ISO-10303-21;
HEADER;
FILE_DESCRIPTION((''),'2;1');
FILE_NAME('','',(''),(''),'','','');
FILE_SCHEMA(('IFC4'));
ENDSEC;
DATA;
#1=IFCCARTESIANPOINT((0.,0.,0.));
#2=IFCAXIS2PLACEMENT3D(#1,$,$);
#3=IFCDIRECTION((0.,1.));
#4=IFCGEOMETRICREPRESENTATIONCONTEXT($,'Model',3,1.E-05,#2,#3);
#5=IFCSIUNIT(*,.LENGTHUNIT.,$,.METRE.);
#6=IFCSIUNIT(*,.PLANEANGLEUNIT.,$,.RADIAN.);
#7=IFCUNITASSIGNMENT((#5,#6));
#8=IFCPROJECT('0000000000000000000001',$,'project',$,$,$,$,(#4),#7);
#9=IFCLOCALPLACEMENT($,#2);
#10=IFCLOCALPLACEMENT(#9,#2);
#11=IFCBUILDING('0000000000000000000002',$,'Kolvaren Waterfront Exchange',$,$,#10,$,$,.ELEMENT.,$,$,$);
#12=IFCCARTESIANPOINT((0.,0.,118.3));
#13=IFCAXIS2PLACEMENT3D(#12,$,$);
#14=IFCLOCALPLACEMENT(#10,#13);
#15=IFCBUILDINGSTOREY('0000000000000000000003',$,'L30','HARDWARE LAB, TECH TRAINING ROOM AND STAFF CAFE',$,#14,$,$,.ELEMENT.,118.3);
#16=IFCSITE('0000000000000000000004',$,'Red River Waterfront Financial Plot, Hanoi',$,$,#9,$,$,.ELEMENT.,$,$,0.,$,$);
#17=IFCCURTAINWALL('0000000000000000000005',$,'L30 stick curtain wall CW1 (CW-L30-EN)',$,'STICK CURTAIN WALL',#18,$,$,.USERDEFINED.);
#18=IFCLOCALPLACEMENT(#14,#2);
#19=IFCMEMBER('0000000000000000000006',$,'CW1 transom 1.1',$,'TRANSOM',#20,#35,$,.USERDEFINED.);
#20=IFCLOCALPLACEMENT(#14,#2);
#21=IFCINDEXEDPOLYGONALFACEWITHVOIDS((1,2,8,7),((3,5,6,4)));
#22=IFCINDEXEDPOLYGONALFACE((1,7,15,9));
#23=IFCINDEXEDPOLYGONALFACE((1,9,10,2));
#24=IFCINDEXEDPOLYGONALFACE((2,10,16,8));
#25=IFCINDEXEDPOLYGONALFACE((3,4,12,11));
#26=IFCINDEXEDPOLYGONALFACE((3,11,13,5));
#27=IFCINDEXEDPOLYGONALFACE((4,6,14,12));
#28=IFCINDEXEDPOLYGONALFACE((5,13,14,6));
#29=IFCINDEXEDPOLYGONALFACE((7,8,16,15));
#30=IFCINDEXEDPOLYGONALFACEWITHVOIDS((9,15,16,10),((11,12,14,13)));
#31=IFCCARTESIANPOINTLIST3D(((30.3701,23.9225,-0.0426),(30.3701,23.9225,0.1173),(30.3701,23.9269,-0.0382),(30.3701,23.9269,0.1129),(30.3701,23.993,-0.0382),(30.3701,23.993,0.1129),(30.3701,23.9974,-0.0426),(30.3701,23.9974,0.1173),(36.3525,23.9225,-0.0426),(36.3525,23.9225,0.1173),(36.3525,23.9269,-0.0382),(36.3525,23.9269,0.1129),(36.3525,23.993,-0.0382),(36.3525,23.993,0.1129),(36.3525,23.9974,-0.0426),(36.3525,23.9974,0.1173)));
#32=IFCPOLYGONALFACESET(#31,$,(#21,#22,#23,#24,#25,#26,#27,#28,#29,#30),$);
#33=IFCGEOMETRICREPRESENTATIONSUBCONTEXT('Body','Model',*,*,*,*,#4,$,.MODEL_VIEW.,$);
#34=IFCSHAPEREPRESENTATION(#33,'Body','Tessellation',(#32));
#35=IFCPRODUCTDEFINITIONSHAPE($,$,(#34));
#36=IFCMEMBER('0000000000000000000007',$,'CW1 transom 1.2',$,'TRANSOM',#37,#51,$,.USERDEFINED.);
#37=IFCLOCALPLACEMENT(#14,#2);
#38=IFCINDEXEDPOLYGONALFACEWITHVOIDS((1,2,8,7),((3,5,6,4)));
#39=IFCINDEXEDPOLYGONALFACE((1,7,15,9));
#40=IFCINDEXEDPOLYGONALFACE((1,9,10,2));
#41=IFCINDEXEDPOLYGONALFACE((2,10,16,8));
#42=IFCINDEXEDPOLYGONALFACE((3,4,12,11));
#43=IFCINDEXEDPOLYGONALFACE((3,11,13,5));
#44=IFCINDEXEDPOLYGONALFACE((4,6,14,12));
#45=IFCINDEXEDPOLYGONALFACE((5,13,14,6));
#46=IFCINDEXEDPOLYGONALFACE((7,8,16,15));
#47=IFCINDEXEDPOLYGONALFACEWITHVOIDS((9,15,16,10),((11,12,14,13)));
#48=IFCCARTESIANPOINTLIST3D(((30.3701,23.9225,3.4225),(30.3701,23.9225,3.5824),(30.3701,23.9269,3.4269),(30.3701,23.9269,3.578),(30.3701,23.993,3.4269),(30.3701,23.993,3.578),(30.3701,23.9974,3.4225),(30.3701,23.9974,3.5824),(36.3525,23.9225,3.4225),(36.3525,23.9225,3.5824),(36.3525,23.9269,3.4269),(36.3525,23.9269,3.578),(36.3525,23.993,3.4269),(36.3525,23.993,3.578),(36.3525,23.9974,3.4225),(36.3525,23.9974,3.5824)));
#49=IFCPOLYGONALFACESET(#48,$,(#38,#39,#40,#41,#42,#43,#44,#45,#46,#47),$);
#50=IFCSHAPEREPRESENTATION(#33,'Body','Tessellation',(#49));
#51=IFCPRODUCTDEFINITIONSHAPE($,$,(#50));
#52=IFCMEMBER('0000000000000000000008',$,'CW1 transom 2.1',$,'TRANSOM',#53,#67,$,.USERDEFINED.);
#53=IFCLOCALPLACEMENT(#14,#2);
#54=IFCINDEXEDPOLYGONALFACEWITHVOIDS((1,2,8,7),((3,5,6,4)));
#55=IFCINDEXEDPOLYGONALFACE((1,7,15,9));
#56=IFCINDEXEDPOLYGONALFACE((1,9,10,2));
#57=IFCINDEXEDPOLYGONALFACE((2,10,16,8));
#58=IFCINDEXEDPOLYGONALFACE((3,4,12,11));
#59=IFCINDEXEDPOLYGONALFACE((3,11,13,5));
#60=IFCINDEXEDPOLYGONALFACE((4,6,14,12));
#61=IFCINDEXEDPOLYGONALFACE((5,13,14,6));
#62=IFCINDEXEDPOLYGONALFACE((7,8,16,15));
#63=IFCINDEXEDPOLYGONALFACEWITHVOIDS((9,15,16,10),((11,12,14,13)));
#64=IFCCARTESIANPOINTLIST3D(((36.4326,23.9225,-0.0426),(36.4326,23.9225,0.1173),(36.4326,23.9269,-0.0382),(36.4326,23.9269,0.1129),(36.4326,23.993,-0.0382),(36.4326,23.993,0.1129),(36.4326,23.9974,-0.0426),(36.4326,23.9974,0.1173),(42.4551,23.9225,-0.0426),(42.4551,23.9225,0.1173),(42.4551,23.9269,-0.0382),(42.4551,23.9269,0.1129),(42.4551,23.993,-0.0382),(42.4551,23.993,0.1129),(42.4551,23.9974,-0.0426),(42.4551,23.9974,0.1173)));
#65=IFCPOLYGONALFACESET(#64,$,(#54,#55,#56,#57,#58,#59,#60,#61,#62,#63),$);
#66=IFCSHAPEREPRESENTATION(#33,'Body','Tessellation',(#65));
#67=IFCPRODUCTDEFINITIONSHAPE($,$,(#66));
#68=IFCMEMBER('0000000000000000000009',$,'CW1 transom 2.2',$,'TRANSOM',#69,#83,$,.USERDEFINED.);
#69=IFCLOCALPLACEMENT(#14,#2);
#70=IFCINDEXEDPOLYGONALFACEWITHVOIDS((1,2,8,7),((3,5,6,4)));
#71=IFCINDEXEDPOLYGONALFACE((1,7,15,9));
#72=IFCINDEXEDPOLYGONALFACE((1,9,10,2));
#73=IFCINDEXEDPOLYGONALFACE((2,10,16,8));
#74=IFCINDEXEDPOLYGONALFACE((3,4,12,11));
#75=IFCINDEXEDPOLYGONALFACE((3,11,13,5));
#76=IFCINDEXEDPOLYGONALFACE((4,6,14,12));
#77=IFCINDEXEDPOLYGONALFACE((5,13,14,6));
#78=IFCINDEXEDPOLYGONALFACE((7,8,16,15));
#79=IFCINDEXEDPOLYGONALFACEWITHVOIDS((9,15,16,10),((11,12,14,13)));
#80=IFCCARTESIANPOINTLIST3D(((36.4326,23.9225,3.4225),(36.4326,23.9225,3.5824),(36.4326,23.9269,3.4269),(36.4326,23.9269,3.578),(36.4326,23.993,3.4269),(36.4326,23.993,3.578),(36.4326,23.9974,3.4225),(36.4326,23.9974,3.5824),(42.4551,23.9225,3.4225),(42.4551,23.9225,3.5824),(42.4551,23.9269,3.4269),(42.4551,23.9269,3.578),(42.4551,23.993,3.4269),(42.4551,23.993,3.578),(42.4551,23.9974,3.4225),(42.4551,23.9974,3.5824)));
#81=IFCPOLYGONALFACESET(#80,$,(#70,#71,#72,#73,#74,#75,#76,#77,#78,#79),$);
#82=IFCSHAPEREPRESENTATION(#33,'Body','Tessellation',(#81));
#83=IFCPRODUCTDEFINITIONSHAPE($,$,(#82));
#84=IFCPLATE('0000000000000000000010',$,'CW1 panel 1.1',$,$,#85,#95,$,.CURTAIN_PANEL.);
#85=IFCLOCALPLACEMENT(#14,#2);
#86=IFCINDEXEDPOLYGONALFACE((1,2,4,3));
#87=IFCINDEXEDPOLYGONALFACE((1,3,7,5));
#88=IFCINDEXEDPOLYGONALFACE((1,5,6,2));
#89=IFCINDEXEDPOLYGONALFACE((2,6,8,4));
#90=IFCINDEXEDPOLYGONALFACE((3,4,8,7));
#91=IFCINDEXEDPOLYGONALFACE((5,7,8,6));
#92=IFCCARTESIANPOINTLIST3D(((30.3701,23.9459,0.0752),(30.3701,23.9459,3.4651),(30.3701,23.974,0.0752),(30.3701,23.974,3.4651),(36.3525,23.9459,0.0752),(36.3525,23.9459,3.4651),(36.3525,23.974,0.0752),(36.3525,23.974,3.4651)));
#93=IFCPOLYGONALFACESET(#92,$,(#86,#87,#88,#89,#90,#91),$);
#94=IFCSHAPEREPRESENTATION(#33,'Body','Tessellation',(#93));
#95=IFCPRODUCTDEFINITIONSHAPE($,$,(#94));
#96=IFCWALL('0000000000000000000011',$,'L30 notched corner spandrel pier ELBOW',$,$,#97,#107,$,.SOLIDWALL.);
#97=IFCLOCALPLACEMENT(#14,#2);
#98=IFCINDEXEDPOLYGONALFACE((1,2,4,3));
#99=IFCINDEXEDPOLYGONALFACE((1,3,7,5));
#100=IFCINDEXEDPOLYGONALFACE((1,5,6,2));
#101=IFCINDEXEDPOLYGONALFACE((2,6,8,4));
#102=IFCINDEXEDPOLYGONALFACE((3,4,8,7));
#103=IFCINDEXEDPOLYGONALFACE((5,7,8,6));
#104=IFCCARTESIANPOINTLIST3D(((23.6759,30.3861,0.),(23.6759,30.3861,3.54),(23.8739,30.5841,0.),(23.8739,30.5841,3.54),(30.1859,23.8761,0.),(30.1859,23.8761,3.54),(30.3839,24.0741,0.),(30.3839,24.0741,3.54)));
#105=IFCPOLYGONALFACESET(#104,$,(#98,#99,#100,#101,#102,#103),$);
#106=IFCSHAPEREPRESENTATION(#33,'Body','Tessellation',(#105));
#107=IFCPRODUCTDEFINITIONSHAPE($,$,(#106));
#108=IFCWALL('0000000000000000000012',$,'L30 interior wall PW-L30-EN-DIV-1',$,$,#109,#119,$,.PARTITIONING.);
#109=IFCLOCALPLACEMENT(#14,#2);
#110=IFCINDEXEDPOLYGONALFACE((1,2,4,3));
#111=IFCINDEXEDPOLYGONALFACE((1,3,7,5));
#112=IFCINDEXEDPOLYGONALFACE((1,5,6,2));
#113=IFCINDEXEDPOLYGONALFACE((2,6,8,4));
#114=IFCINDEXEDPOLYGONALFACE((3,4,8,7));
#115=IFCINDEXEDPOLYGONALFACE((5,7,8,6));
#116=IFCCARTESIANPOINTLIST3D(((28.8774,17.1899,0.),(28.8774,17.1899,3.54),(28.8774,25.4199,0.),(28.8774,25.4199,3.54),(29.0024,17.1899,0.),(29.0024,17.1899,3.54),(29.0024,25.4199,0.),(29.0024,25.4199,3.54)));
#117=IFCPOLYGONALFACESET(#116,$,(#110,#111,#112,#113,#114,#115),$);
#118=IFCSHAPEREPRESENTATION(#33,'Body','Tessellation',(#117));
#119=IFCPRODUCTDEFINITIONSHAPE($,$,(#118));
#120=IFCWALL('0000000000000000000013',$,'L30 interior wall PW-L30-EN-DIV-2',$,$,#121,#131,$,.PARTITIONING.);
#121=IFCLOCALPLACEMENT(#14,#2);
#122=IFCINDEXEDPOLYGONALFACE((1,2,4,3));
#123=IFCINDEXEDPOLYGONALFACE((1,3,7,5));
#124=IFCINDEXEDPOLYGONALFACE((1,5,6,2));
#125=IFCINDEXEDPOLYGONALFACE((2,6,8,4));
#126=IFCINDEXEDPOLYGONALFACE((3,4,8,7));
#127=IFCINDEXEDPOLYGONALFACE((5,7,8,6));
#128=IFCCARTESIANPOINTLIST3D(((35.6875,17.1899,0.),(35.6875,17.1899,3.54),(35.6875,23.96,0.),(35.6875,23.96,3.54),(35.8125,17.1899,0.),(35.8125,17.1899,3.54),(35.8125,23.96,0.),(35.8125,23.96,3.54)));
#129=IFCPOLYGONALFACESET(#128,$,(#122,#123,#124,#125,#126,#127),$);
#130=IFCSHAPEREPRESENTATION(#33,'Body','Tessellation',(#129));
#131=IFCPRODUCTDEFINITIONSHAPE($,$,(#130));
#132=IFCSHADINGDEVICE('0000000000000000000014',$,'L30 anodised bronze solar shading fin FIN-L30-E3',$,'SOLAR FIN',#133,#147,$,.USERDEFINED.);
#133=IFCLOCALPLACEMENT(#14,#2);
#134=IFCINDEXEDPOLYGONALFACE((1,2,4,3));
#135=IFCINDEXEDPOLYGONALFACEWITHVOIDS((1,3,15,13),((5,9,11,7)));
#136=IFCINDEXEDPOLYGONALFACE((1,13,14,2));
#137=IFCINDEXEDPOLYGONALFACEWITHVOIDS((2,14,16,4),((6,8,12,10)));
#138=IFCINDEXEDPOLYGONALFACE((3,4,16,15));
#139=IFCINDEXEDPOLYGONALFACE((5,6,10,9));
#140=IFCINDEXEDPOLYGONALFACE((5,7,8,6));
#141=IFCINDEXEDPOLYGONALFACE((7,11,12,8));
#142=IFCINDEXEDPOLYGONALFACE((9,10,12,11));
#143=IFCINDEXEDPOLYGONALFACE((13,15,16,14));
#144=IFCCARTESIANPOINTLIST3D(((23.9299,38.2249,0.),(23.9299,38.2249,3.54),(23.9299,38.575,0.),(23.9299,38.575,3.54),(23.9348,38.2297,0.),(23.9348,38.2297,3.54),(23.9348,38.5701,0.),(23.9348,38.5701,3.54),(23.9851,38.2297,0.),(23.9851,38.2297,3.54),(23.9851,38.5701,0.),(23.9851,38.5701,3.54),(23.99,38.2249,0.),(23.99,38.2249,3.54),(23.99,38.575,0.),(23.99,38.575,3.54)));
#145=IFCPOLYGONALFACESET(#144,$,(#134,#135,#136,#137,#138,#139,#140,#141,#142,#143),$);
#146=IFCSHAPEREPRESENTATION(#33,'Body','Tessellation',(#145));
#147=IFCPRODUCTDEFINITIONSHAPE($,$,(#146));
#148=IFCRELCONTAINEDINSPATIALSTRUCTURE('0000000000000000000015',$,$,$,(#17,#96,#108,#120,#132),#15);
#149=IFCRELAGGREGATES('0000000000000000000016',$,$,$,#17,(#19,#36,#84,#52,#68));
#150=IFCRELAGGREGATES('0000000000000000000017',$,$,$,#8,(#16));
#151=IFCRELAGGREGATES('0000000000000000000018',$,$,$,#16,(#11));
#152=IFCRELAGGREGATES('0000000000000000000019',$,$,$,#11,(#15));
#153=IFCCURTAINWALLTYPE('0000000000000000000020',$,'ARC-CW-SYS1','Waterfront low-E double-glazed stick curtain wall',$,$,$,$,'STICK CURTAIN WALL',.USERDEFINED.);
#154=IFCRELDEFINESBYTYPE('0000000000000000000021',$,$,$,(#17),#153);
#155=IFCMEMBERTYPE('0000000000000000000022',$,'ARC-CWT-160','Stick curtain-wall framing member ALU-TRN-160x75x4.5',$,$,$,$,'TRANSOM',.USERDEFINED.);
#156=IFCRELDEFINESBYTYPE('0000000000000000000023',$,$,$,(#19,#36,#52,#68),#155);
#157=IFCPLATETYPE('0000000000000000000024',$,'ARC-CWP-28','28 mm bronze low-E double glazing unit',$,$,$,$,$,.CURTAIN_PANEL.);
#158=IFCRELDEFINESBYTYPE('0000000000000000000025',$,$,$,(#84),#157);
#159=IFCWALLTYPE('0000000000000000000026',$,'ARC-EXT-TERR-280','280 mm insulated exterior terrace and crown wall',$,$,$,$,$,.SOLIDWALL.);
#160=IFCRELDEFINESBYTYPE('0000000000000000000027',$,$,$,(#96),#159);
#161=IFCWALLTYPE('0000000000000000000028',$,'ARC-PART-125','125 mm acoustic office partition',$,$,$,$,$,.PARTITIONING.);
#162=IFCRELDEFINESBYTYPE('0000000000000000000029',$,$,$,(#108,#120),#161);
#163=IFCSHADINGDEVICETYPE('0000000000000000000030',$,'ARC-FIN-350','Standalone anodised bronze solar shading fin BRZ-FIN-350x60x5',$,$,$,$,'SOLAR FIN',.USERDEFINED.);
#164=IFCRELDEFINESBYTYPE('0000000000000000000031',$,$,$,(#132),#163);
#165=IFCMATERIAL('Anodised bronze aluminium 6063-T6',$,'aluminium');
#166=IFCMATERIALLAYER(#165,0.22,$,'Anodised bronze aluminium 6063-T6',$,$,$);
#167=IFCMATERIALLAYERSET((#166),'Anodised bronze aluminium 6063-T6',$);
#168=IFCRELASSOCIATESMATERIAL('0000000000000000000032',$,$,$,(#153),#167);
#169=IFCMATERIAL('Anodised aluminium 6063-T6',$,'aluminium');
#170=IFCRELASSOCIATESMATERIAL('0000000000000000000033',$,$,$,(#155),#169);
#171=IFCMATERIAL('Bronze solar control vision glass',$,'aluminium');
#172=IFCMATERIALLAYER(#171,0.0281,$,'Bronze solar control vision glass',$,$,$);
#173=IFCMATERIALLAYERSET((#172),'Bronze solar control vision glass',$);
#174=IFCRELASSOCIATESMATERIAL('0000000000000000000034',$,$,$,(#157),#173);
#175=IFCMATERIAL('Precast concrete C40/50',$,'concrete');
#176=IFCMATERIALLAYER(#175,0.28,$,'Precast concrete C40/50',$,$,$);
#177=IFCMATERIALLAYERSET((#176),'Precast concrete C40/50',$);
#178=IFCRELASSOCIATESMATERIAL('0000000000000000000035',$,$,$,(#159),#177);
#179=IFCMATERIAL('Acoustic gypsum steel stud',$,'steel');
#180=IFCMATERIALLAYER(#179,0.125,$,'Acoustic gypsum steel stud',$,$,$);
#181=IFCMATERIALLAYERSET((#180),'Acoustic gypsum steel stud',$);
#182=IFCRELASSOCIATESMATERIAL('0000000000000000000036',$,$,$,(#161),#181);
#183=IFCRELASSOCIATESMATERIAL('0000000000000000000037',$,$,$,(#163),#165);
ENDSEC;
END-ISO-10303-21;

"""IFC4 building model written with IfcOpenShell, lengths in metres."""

from ifc_helpers import new_model, si_unit, direction, frame, frame_2d, origin, origin_with_axes, origin_2d, place, context, subcontext, project, spatial, rectangle, hollow_rectangle, extrude, source, transform, mapped, material, layer, layer_set, material_profile, profile_set, type_object, element, aggregate, save


model = new_model("IFC4")

# Units and contexts
model_context = context("Model", 3, precision=1e-05, world=origin(), true_north=direction((0.0, 1.0)))
body_context = subcontext(model_context, "Body", "Model", "MODEL_VIEW")
ifc_project = project(units=[si_unit("LENGTHUNIT", "METRE"), si_unit("PLANEANGLEUNIT", "RADIAN")], contexts=[model_context])

# Site, building, storey
site_placement = place(None, origin())
site = spatial("IfcSite", under=ifc_project, at=site_placement, Name="Red River Waterfront Financial Plot, Hanoi", CompositionType="ELEMENT", RefElevation=0.0)
building_placement = place(site_placement, origin())
building = spatial("IfcBuilding", under=site, at=building_placement, Name="Kolvaren Waterfront Exchange", CompositionType="ELEMENT")
storey_placement = place(building_placement, frame((0.0, 0.0, 118.3)))
storey = spatial("IfcBuildingStorey", under=building, at=storey_placement, Name="L30", Description="HARDWARE LAB, TECH TRAINING ROOM AND STAFF CAFE", CompositionType="ELEMENT", Elevation=118.3)

# Curtain wall, members, plate
ifc_material_1 = material(Name="Anodised bronze aluminium 6063-T6", Category="aluminium")
ifc_layer_1 = layer(ifc_material_1, 0.22, Name="Anodised bronze aluminium 6063-T6")
ifc_layer_set_1 = layer_set([ifc_layer_1], Name="Anodised bronze aluminium 6063-T6")
curtain_wall_type = type_object("IfcCurtainWallType", Name="ARC-CW-SYS1", Description="Waterfront low-E double-glazed stick curtain wall", ElementType="STICK CURTAIN WALL", PredefinedType="USERDEFINED", material=ifc_layer_set_1)
curtain_wall_placement = place(storey_placement, origin())
curtain_wall = element("IfcCurtainWall", 1, at=curtain_wall_placement, inside=storey, type_object=curtain_wall_type, Name="L30 stick curtain wall CW1 (CW-L30-EN)", ObjectType="STICK CURTAIN WALL", PredefinedType="USERDEFINED")
ifc_material_2 = material(Name="Anodised aluminium 6063-T6", Category="aluminium")
ifc_material_profile_1 = material_profile(ifc_material_2, hollow_rectangle(XDim=0.075, YDim=0.1599, WallThickness=0.0044, at=origin_2d()), Name="ALU-TRN-160x75x4.5")
ifc_profile_set_1 = profile_set([ifc_material_profile_1], Name="Anodised aluminium 6063-T6")
member_type_1 = type_object("IfcMemberType", Name="ARC-CWT-160", Description="Stick curtain-wall framing member ALU-TRN-160x75x4.5", ElementType="TRANSOM", PredefinedType="USERDEFINED", material=ifc_profile_set_1)
shared_shape_1 = source(origin_with_axes(), body_context, "Body", "SweptSolid", [
    extrude(hollow_rectangle(XDim=0.075, YDim=0.1599, WallThickness=0.0044, at=origin_2d()), origin(), (0.0, 0.0, 1.0), 5.9824),
])
member_1_placement = place(storey_placement, frame((30.3701, 23.96, 0.0374), z_axis=(1.0, 0.0, 0.0), x_axis=(0.0, 1.0, 0.0)))
member_1 = element("IfcMember", 2, at=member_1_placement, type_object=member_type_1, Name="CW1 transom 1.1", ObjectType="TRANSOM", PredefinedType="USERDEFINED", context=body_context, shape_type="MappedRepresentation", body=[
    mapped(shared_shape_1, transform((0.0, 0.0, 0.0), x_axis=(1.0, 0.0, 0.0), y_axis=(0.0, 1.0, 0.0), z_axis=(0.0, 0.0, 1.0), scale=1.0)),
])
member_2_placement = place(storey_placement, frame((30.3701, 23.96, 3.5024), z_axis=(1.0, 0.0, 0.0), x_axis=(0.0, 1.0, 0.0)))
member_2 = element("IfcMember", 3, at=member_2_placement, type_object=member_type_1, Name="CW1 transom 1.2", ObjectType="TRANSOM", PredefinedType="USERDEFINED", context=body_context, shape_type="MappedRepresentation", body=[
    mapped(shared_shape_1, transform((0.0, 0.0, 0.0), x_axis=(1.0, 0.0, 0.0), y_axis=(0.0, 1.0, 0.0), z_axis=(0.0, 0.0, 1.0), scale=1.0)),
])
shared_shape_2 = source(origin_with_axes(), body_context, "Body", "SweptSolid", [
    extrude(hollow_rectangle(XDim=0.075, YDim=0.1599, WallThickness=0.0044, at=origin_2d()), origin(), (0.0, 0.0, 1.0), 6.0225),
])
member_3_placement = place(storey_placement, frame((36.4326, 23.96, 0.0374), z_axis=(1.0, 0.0, 0.0), x_axis=(0.0, 1.0, 0.0)))
member_3 = element("IfcMember", 4, at=member_3_placement, type_object=member_type_1, Name="CW1 transom 2.1", ObjectType="TRANSOM", PredefinedType="USERDEFINED", context=body_context, shape_type="MappedRepresentation", body=[
    mapped(shared_shape_2, transform((0.0, 0.0, 0.0), x_axis=(1.0, 0.0, 0.0), y_axis=(0.0, 1.0, 0.0), z_axis=(0.0, 0.0, 1.0), scale=1.0)),
])
member_4_placement = place(storey_placement, frame((36.4326, 23.96, 3.5024), z_axis=(1.0, 0.0, 0.0), x_axis=(0.0, 1.0, 0.0)))
member_4 = element("IfcMember", 5, at=member_4_placement, type_object=member_type_1, Name="CW1 transom 2.2", ObjectType="TRANSOM", PredefinedType="USERDEFINED", context=body_context, shape_type="MappedRepresentation", body=[
    mapped(shared_shape_2, transform((0.0, 0.0, 0.0), x_axis=(1.0, 0.0, 0.0), y_axis=(0.0, 1.0, 0.0), z_axis=(0.0, 0.0, 1.0), scale=1.0)),
])
ifc_material_3 = material(Name="Bronze solar control vision glass", Category="aluminium")
ifc_layer_2 = layer(ifc_material_3, 0.0281, Name="Bronze solar control vision glass")
ifc_layer_set_2 = layer_set([ifc_layer_2], Name="Bronze solar control vision glass")
plate_type = type_object("IfcPlateType", Name="ARC-CWP-28", Description="28 mm bronze low-E double glazing unit", PredefinedType="CURTAIN_PANEL", material=ifc_layer_set_2)
shared_shape_3 = source(origin_with_axes(), body_context, "Body", "SweptSolid", [
    extrude(rectangle(XDim=5.9824, YDim=0.0281, at=origin_2d()), origin(), (0.0, 0.0, 1.0), 3.3899),
])
plate_placement = place(storey_placement, frame((33.3613, 23.96, 0.0752), z_axis=(0.0, 0.0, 1.0), x_axis=(1.0, 0.0, 0.0)))
plate = element("IfcPlate", 6, at=plate_placement, type_object=plate_type, Name="CW1 panel 1.1", PredefinedType="CURTAIN_PANEL", context=body_context, shape_type="MappedRepresentation", body=[
    mapped(shared_shape_3, transform((0.0, 0.0, 0.0), x_axis=(1.0, 0.0, 0.0), y_axis=(0.0, 1.0, 0.0), z_axis=(0.0, 0.0, 1.0), scale=1.0)),
])
aggregate(curtain_wall, [member_1, member_2, plate, member_3, member_4])

# Walls
ifc_material_4 = material(Name="Precast concrete C40/50", Category="concrete")
ifc_layer_3 = layer(ifc_material_4, 0.28, Name="Precast concrete C40/50")
ifc_layer_set_3 = layer_set([ifc_layer_3], Name="Precast concrete C40/50")
wall_type_1 = type_object("IfcWallType", Name="ARC-EXT-TERR-280", Description="280 mm insulated exterior terrace and crown wall", PredefinedType="SOLIDWALL", material=ifc_layer_set_3)
wall_1_placement = place(storey_placement, frame((30.2849, 23.9751, 0.0), z_axis=(0.0, 0.0, 1.0), x_axis=(-0.707107, 0.707107, 0.0)))
element("IfcWall", 7, at=wall_1_placement, inside=storey, type_object=wall_type_1, Name="L30 notched corner spandrel pier ELBOW", PredefinedType="SOLIDWALL", context=body_context, shape_type="SweptSolid", body=[
    extrude(rectangle(XDim=9.2065, YDim=0.28, at=frame_2d((4.6033, 0.0))), origin(), (0.0, 0.0, 1.0), 3.54),
])
ifc_material_5 = material(Name="Acoustic gypsum steel stud", Category="steel")
ifc_layer_4 = layer(ifc_material_5, 0.125, Name="Acoustic gypsum steel stud")
ifc_layer_set_4 = layer_set([ifc_layer_4], Name="Acoustic gypsum steel stud")
wall_type_2 = type_object("IfcWallType", Name="ARC-PART-125", Description="125 mm acoustic office partition", PredefinedType="PARTITIONING", material=ifc_layer_set_4)
wall_2_placement = place(storey_placement, frame((28.9399, 17.1899, 0.0), z_axis=(0.0, 0.0, 1.0), x_axis=(0.0, 1.0, 0.0)))
element("IfcWall", 8, at=wall_2_placement, inside=storey, type_object=wall_type_2, Name="L30 interior wall PW-L30-EN-DIV-1", PredefinedType="PARTITIONING", context=body_context, shape_type="SweptSolid", body=[
    extrude(rectangle(XDim=8.23, YDim=0.125, at=frame_2d((4.115, 0.0))), origin(), (0.0, 0.0, 1.0), 3.54),
])
wall_3_placement = place(storey_placement, frame((35.75, 17.1899, 0.0), z_axis=(0.0, 0.0, 1.0), x_axis=(0.0, 1.0, 0.0)))
element("IfcWall", 9, at=wall_3_placement, inside=storey, type_object=wall_type_2, Name="L30 interior wall PW-L30-EN-DIV-2", PredefinedType="PARTITIONING", context=body_context, shape_type="SweptSolid", body=[
    extrude(rectangle(XDim=6.77, YDim=0.125, at=frame_2d((3.385, 0.0))), origin(), (0.0, 0.0, 1.0), 3.54),
])

# Shading device
ifc_material_profile_2 = material_profile(ifc_material_1, hollow_rectangle(XDim=0.0601, YDim=0.3501, WallThickness=0.0049, at=origin_2d()), Name="BRZ-FIN-350x60x5")
ifc_profile_set_2 = profile_set([ifc_material_profile_2], Name="Anodised bronze aluminium 6063-T6")
shading_device_type = type_object("IfcShadingDeviceType", Name="ARC-FIN-350", Description="Standalone anodised bronze solar shading fin BRZ-FIN-350x60x5", ElementType="SOLAR FIN", PredefinedType="USERDEFINED", material=ifc_profile_set_2)
shading_device_placement = place(storey_placement, frame((23.96, 38.3999, 0.0), z_axis=(0.0, 0.0, 1.0), x_axis=(1.0, 0.0, 0.0)))
element("IfcShadingDevice", 10, at=shading_device_placement, inside=storey, type_object=shading_device_type, Name="L30 anodised bronze solar shading fin FIN-L30-E3", ObjectType="SOLAR FIN", PredefinedType="USERDEFINED", context=body_context, shape_type="SweptSolid", body=[
    extrude(hollow_rectangle(XDim=0.0601, YDim=0.3501, WallThickness=0.0049, at=origin_2d()), origin(), (0.0, 0.0, 1.0), 3.54),
])

save(model, "model.ifc")
